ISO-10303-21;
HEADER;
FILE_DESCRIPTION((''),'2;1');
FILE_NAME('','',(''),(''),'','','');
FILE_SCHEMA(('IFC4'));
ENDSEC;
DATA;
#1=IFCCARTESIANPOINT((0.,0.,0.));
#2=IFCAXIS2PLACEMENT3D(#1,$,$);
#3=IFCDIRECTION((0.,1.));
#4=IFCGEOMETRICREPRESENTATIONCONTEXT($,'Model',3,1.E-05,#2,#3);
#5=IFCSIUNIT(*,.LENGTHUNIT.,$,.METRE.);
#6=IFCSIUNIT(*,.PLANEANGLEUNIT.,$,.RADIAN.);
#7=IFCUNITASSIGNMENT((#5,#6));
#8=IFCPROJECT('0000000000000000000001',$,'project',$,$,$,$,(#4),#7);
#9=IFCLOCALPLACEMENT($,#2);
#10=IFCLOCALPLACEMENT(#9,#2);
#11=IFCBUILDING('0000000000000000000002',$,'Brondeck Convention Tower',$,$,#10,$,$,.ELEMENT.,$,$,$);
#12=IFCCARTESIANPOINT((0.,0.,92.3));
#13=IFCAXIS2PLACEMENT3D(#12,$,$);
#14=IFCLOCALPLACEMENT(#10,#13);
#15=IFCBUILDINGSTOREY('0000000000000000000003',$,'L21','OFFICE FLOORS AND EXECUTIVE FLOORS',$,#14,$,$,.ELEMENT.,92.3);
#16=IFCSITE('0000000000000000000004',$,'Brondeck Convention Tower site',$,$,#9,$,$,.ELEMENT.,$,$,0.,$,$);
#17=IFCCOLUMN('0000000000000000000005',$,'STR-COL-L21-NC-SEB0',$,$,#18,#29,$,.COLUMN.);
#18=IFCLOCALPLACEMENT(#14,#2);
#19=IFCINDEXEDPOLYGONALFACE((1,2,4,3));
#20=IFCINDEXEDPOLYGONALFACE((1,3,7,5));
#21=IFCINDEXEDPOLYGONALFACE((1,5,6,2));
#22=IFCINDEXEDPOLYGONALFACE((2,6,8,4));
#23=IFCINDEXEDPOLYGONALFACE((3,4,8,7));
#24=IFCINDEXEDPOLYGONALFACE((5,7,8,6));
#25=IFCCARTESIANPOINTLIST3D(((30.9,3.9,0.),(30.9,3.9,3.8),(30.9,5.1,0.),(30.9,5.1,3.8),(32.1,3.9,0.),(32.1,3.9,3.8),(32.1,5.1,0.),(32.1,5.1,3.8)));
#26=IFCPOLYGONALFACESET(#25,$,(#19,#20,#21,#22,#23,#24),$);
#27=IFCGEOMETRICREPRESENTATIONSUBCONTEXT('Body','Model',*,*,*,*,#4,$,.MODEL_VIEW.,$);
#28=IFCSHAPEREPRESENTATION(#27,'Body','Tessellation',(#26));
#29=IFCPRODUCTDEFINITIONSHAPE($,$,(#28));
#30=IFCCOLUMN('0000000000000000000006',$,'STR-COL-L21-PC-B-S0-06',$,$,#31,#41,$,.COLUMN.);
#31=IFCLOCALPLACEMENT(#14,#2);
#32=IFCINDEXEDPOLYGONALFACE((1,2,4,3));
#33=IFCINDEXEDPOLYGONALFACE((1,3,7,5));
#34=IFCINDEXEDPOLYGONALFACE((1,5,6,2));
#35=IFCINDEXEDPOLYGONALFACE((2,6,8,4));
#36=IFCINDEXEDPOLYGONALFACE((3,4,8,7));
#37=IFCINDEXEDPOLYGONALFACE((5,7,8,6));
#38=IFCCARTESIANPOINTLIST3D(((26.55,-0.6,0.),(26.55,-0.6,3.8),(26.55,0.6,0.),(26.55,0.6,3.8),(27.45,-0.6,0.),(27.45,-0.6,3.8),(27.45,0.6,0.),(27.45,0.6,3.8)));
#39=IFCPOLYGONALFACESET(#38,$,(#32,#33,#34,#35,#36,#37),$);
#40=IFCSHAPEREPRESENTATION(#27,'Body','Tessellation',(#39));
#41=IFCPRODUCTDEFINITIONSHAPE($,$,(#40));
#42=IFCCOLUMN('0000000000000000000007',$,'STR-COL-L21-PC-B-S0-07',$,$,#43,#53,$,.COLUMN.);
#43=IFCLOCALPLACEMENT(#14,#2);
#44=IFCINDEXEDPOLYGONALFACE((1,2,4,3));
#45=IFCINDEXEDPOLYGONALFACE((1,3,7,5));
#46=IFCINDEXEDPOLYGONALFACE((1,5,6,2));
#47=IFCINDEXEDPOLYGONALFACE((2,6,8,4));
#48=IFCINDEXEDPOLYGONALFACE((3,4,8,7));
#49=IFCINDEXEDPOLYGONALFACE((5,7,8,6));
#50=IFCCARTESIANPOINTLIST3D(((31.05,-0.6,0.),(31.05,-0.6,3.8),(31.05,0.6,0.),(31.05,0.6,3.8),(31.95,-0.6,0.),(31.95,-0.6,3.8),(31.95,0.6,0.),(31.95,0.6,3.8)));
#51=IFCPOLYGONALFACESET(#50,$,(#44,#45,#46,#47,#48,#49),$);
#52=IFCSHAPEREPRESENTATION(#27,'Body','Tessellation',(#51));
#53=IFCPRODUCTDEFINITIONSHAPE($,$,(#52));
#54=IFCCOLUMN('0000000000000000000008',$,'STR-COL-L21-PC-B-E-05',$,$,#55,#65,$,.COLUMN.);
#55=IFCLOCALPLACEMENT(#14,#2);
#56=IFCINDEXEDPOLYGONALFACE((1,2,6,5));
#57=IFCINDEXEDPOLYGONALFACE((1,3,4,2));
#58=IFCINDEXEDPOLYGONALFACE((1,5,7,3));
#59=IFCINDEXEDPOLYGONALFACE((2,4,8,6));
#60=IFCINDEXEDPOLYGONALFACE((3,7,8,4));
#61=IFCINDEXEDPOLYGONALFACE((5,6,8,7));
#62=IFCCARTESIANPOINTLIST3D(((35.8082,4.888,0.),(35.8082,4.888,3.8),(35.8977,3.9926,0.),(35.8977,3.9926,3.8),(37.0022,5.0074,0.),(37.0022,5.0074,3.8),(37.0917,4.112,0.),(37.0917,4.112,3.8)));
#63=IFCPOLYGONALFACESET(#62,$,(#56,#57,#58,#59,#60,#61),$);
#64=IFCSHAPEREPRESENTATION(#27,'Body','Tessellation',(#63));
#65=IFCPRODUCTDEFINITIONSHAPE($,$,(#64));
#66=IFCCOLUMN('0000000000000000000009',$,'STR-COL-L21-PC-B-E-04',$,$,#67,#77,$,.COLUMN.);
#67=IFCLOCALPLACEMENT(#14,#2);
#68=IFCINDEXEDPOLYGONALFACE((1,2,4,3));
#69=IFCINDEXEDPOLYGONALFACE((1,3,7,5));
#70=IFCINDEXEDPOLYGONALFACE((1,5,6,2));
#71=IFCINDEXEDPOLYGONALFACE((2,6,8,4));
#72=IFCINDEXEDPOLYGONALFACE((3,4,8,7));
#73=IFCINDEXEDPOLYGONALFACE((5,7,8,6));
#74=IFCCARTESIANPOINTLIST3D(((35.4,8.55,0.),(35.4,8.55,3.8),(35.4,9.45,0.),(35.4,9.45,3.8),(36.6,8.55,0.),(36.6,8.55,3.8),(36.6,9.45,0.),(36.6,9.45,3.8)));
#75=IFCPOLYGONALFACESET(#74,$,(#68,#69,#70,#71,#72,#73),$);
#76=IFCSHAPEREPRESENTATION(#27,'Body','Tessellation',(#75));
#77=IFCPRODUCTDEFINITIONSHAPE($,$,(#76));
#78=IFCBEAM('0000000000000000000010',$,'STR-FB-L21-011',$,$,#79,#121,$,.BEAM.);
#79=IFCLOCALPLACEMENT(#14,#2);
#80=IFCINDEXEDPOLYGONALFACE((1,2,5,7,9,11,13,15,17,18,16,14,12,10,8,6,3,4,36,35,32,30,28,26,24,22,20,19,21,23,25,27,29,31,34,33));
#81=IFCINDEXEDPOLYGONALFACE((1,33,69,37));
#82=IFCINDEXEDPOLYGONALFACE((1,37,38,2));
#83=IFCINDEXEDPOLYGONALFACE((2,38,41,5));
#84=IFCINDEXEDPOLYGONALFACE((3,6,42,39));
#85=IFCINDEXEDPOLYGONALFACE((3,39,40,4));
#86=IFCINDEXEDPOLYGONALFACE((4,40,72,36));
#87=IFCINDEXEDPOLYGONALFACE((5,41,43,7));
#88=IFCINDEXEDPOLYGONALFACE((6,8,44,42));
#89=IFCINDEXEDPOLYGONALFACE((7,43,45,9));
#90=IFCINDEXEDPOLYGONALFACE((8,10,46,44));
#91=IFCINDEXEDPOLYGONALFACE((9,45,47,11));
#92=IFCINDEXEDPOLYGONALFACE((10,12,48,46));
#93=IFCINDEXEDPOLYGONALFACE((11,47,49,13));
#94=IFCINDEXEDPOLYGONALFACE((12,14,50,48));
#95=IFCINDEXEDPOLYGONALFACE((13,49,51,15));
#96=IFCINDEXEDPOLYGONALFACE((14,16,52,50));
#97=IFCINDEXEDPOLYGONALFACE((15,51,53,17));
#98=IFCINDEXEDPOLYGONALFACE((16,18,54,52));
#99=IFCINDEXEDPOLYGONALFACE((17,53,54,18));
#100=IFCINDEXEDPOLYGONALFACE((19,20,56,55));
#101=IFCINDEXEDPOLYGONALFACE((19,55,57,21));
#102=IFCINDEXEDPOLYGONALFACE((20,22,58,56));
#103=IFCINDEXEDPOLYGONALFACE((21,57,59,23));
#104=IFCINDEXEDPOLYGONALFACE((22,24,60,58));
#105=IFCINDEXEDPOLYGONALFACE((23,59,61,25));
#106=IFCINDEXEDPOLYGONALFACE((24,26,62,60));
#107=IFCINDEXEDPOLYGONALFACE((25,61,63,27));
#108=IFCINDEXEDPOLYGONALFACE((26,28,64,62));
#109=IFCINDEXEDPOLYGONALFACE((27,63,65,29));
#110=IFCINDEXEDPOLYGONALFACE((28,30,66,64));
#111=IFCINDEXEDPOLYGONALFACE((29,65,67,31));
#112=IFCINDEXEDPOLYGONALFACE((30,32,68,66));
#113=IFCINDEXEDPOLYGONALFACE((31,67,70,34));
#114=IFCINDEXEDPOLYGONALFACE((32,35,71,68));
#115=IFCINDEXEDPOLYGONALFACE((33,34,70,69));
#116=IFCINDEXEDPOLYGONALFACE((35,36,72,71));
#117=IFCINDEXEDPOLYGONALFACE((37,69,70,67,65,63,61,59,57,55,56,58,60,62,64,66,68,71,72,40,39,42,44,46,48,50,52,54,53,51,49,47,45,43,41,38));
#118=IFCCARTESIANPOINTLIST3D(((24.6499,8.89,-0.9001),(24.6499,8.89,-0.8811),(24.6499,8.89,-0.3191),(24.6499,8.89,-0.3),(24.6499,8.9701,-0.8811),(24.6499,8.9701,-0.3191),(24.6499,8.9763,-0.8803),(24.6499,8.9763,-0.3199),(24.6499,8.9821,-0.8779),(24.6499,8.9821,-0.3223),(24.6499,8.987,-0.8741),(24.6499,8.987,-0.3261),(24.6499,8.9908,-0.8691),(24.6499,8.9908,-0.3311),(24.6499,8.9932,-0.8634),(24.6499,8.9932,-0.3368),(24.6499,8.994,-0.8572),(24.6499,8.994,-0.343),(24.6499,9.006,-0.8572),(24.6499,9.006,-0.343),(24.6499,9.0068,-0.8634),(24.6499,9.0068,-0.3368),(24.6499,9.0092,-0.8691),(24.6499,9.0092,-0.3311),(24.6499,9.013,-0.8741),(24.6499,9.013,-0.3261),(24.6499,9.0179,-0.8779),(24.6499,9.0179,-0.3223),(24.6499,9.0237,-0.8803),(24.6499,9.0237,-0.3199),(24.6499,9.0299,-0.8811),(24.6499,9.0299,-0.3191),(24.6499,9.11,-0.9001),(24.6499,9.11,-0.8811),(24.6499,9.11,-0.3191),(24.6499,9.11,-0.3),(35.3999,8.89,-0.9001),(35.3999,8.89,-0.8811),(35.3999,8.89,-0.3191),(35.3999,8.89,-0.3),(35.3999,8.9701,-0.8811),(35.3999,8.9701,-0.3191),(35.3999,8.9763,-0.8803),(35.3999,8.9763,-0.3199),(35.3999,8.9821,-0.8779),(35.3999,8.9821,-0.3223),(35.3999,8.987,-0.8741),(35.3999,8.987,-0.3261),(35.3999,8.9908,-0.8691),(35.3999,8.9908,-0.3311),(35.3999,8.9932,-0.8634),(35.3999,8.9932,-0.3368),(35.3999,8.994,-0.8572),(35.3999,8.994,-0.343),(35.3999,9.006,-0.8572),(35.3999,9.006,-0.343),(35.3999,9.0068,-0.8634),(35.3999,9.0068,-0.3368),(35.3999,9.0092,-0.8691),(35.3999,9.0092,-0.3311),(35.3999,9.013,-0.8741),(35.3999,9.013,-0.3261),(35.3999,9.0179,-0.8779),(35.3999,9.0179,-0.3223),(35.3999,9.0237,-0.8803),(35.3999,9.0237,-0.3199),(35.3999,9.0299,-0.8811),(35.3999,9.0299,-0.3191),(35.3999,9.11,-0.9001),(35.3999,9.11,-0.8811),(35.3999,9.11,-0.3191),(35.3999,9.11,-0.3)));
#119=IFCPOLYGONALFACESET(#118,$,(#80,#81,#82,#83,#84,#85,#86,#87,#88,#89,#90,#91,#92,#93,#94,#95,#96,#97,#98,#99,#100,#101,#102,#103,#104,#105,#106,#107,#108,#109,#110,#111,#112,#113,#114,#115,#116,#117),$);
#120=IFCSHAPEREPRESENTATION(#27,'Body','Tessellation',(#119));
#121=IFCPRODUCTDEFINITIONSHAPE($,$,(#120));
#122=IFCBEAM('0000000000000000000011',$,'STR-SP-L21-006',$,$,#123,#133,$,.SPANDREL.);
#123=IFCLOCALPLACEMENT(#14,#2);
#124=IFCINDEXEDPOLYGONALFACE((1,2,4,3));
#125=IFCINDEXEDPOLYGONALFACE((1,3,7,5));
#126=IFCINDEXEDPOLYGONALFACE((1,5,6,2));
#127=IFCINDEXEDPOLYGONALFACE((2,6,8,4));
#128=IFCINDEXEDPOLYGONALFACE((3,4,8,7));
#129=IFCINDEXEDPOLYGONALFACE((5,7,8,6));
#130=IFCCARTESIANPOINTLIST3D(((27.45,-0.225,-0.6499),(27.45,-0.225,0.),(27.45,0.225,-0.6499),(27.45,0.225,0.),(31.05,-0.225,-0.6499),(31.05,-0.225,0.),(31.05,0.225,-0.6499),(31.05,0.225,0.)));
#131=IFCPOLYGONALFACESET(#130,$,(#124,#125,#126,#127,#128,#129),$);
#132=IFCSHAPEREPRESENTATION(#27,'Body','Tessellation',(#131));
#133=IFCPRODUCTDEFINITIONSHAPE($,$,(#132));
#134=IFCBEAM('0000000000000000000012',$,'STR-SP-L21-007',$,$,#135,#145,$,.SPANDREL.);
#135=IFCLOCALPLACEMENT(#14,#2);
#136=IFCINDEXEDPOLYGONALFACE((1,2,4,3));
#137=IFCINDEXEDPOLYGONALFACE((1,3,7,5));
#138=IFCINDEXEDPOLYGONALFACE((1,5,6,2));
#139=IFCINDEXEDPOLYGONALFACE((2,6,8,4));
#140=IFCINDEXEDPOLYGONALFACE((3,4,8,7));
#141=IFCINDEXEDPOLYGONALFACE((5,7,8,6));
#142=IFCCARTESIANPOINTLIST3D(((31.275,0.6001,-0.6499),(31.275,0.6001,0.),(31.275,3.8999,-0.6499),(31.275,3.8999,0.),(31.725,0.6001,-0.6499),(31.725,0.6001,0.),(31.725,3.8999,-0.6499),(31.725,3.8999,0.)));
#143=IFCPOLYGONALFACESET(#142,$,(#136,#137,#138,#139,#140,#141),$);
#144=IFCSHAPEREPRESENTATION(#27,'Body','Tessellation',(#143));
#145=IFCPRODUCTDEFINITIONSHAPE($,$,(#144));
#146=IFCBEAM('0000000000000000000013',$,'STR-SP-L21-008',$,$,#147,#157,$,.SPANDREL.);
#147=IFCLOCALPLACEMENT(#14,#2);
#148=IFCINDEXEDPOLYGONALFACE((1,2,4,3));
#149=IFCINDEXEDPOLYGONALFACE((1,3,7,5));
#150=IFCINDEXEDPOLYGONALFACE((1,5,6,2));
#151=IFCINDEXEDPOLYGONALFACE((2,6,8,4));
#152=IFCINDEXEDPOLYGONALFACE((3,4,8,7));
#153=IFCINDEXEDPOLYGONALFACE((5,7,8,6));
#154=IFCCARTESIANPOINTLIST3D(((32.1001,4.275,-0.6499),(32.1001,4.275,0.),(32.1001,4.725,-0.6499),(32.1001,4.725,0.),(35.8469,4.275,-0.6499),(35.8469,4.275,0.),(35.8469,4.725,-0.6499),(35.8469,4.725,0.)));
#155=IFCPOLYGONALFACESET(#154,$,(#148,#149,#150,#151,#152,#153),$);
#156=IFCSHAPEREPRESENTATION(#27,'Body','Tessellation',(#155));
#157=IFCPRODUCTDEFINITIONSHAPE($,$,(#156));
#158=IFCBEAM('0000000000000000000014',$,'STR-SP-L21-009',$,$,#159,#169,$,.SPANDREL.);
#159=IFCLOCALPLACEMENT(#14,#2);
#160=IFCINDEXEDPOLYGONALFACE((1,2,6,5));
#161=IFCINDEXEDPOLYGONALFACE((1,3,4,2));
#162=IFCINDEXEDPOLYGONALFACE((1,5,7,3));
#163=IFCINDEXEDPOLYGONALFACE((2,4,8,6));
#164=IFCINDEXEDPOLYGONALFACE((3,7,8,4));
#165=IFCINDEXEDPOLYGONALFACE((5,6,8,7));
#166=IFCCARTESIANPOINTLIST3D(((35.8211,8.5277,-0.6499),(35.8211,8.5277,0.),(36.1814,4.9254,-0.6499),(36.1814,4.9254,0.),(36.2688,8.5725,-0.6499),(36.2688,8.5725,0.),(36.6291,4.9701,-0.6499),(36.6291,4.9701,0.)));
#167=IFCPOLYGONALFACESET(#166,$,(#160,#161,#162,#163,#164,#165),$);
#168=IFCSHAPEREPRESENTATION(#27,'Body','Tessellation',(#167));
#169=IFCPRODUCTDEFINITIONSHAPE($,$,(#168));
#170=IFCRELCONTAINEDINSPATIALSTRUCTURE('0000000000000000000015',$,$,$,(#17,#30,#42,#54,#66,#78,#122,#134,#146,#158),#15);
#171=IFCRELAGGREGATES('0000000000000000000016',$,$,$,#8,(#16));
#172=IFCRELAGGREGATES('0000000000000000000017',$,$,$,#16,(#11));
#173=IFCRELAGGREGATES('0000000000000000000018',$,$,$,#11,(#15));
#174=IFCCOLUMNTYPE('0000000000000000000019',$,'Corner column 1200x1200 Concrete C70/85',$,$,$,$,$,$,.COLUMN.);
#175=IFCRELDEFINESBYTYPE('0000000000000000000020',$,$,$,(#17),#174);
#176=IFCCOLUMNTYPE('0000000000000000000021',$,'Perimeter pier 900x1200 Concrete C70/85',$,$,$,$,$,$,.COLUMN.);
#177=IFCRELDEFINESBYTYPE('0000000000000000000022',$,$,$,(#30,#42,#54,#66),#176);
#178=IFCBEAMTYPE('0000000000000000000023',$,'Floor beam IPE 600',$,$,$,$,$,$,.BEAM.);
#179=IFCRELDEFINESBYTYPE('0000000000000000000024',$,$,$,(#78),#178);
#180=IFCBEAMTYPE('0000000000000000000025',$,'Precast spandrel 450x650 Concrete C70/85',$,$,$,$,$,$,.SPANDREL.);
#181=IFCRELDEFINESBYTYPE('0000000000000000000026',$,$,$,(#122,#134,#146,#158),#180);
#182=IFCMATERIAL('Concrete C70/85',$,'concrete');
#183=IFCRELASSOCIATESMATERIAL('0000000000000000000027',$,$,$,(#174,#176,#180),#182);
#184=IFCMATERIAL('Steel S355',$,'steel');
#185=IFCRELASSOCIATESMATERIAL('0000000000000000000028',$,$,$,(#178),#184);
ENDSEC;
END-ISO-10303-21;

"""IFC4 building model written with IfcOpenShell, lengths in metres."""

from ifc_helpers import new_model, si_unit, direction, frame, origin, origin_2d, place, context, subcontext, project, spatial, rectangle, i_section, extrude, material, material_profile, profile_set, type_object, element, save


model = new_model("IFC4")

# Units and contexts
model_context = context("Model", 3, precision=1e-05, world=origin(), true_north=direction((0.0, 1.0)))
body_context = subcontext(model_context, "Body", "Model", "MODEL_VIEW")
ifc_project = project(units=[si_unit("LENGTHUNIT", "METRE"), si_unit("PLANEANGLEUNIT", "RADIAN")], contexts=[model_context])

# Site, building, storey
site_placement = place(None, origin())
site = spatial("IfcSite", under=ifc_project, at=site_placement, Name="Brondeck Convention Tower site", CompositionType="ELEMENT", RefElevation=0.0)
building_placement = place(site_placement, origin())
building = spatial("IfcBuilding", under=site, at=building_placement, Name="Brondeck Convention Tower", CompositionType="ELEMENT")
storey_placement = place(building_placement, frame((0.0, 0.0, 92.3)))
storey = spatial("IfcBuildingStorey", under=building, at=storey_placement, Name="L21", Description="OFFICE FLOORS AND EXECUTIVE FLOORS", CompositionType="ELEMENT", Elevation=92.3)

# Columns
ifc_material_1 = material(Name="Concrete C70/85", Category="concrete")
ifc_material_profile_1 = material_profile(ifc_material_1, rectangle(XDim=1.2, YDim=1.2, at=origin_2d()), Name="Corner column 1200x1200 Concrete C70/85")
ifc_profile_set_1 = profile_set([ifc_material_profile_1], Name="Concrete C70/85")
column_type_1 = type_object("IfcColumnType", Name="Corner column 1200x1200 Concrete C70/85", PredefinedType="COLUMN", material=ifc_profile_set_1)
column_placement = place(storey_placement, frame((31.5, 4.5, 0.0), z_axis=(0.0, 0.0, 1.0), x_axis=(1.0, 0.0, 0.0)))
element("IfcColumn", 1, at=column_placement, inside=storey, type_object=column_type_1, Name="STR-COL-L21-NC-SEB0", PredefinedType="COLUMN", context=body_context, shape_type="SweptSolid", body=[
    extrude(rectangle(XDim=1.2, YDim=1.2, at=origin_2d()), origin(), (0.0, 0.0, 1.0), 3.8),
])
ifc_material_profile_2 = material_profile(ifc_material_1, rectangle(XDim=0.8999, YDim=1.2, at=origin_2d()), Name="Perimeter pier 900x1200 Concrete C70/85")
ifc_profile_set_2 = profile_set([ifc_material_profile_2], Name="Concrete C70/85")
column_type_2 = type_object("IfcColumnType", Name="Perimeter pier 900x1200 Concrete C70/85", PredefinedType="COLUMN", material=ifc_profile_set_2)
for number, where, z_axis, x_axis, name in (
    (2, (27.0, 0.0, 0.0), (0.0, 0.0, 1.0), (1.0, 0.0, 0.0), "STR-COL-L21-PC-B-S0-06"),
    (3, (31.5, 0.0, 0.0), (0.0, 0.0, 1.0), (1.0, 0.0, 0.0), "STR-COL-L21-PC-B-S0-07"),
    (4, (36.45, 4.5, 0.0), (0.0, 0.0, 1.0), (-0.099504, 0.995037, 0.0), "STR-COL-L21-PC-B-E-05"),
    (5, (36.0, 9.0, 0.0), (0.0, 0.0, 1.0), (0.0, 1.0, 0.0), "STR-COL-L21-PC-B-E-04"),
):
    element("IfcColumn", number, at=place(storey_placement, frame(where, z_axis=z_axis, x_axis=x_axis)), inside=storey, type_object=column_type_2, Name=name, PredefinedType="COLUMN", context=body_context, shape_type="SweptSolid", body=[
        extrude(rectangle(XDim=0.8999, YDim=1.2, at=origin_2d()), origin(), (0.0, 0.0, 1.0), 3.8),
    ])

# Beams
ifc_material_2 = material(Name="Steel S355", Category="steel")
ifc_material_profile_3 = material_profile(ifc_material_2, i_section(OverallWidth=0.22, OverallDepth=0.6001, WebThickness=0.012, FlangeThickness=0.019, FilletRadius=0.0239, at=origin_2d()), Name="IPE 600")
ifc_profile_set_3 = profile_set([ifc_material_profile_3], Name="Steel S355")
beam_type_1 = type_object("IfcBeamType", Name="Floor beam IPE 600", PredefinedType="BEAM", material=ifc_profile_set_3)
beam_1_placement = place(storey_placement, frame((24.6499, 9.0, -0.6001), z_axis=(1.0, 0.0, 0.0), x_axis=(0.0, 1.0, 0.0)))
element("IfcBeam", 6, at=beam_1_placement, inside=storey, type_object=beam_type_1, Name="STR-FB-L21-011", PredefinedType="BEAM", context=body_context, shape_type="SweptSolid", body=[
    extrude(i_section(OverallWidth=0.22, OverallDepth=0.6001, WebThickness=0.012, FlangeThickness=0.019, FilletRadius=0.0239, at=origin_2d()), origin(), (0.0, 0.0, 1.0), 10.75),
])
ifc_material_profile_4 = material_profile(ifc_material_1, rectangle(XDim=0.45, YDim=0.6499, at=origin_2d()), Name="Precast spandrel 450x650 Concrete C70/85")
ifc_profile_set_4 = profile_set([ifc_material_profile_4], Name="Concrete C70/85")
beam_type_2 = type_object("IfcBeamType", Name="Precast spandrel 450x650 Concrete C70/85", PredefinedType="SPANDREL", material=ifc_profile_set_4)
beam_2_placement = place(storey_placement, frame((27.45, 0.0, -0.325), z_axis=(1.0, 0.0, 0.0), x_axis=(0.0, 1.0, 0.0)))
element("IfcBeam", 7, at=beam_2_placement, inside=storey, type_object=beam_type_2, Name="STR-SP-L21-006", PredefinedType="SPANDREL", context=body_context, shape_type="SweptSolid", body=[
    extrude(rectangle(XDim=0.45, YDim=0.6499, at=origin_2d()), origin(), (0.0, 0.0, 1.0), 3.6001),
])
beam_3_placement = place(storey_placement, frame((31.5, 0.6001, -0.325), z_axis=(0.0, 1.0, 0.0), x_axis=(-1.0, 0.0, 0.0)))
element("IfcBeam", 8, at=beam_3_placement, inside=storey, type_object=beam_type_2, Name="STR-SP-L21-007", PredefinedType="SPANDREL", context=body_context, shape_type="SweptSolid", body=[
    extrude(rectangle(XDim=0.45, YDim=0.6499, at=origin_2d()), origin(), (0.0, 0.0, 1.0), 3.2998),
])
beam_4_placement = place(storey_placement, frame((32.1001, 4.5, -0.325), z_axis=(1.0, 0.0, 0.0), x_axis=(0.0, 1.0, 0.0)))
element("IfcBeam", 9, at=beam_4_placement, inside=storey, type_object=beam_type_2, Name="STR-SP-L21-008", PredefinedType="SPANDREL", context=body_context, shape_type="SweptSolid", body=[
    extrude(rectangle(XDim=0.45, YDim=0.6499, at=origin_2d()), origin(), (0.0, 0.0, 1.0), 3.7468),
])
beam_5_placement = place(storey_placement, frame((36.4053, 4.9478, -0.325), z_axis=(-0.099537, 0.995034, 0.0), x_axis=(-0.995034, -0.099537, 0.0)))
element("IfcBeam", 10, at=beam_5_placement, inside=storey, type_object=beam_type_2, Name="STR-SP-L21-009", PredefinedType="SPANDREL", context=body_context, shape_type="SweptSolid", body=[
    extrude(rectangle(XDim=0.45, YDim=0.6499, at=origin_2d()), origin(), (0.0, 0.0, 1.0), 3.6204),
])

save(model, "model.ifc")
